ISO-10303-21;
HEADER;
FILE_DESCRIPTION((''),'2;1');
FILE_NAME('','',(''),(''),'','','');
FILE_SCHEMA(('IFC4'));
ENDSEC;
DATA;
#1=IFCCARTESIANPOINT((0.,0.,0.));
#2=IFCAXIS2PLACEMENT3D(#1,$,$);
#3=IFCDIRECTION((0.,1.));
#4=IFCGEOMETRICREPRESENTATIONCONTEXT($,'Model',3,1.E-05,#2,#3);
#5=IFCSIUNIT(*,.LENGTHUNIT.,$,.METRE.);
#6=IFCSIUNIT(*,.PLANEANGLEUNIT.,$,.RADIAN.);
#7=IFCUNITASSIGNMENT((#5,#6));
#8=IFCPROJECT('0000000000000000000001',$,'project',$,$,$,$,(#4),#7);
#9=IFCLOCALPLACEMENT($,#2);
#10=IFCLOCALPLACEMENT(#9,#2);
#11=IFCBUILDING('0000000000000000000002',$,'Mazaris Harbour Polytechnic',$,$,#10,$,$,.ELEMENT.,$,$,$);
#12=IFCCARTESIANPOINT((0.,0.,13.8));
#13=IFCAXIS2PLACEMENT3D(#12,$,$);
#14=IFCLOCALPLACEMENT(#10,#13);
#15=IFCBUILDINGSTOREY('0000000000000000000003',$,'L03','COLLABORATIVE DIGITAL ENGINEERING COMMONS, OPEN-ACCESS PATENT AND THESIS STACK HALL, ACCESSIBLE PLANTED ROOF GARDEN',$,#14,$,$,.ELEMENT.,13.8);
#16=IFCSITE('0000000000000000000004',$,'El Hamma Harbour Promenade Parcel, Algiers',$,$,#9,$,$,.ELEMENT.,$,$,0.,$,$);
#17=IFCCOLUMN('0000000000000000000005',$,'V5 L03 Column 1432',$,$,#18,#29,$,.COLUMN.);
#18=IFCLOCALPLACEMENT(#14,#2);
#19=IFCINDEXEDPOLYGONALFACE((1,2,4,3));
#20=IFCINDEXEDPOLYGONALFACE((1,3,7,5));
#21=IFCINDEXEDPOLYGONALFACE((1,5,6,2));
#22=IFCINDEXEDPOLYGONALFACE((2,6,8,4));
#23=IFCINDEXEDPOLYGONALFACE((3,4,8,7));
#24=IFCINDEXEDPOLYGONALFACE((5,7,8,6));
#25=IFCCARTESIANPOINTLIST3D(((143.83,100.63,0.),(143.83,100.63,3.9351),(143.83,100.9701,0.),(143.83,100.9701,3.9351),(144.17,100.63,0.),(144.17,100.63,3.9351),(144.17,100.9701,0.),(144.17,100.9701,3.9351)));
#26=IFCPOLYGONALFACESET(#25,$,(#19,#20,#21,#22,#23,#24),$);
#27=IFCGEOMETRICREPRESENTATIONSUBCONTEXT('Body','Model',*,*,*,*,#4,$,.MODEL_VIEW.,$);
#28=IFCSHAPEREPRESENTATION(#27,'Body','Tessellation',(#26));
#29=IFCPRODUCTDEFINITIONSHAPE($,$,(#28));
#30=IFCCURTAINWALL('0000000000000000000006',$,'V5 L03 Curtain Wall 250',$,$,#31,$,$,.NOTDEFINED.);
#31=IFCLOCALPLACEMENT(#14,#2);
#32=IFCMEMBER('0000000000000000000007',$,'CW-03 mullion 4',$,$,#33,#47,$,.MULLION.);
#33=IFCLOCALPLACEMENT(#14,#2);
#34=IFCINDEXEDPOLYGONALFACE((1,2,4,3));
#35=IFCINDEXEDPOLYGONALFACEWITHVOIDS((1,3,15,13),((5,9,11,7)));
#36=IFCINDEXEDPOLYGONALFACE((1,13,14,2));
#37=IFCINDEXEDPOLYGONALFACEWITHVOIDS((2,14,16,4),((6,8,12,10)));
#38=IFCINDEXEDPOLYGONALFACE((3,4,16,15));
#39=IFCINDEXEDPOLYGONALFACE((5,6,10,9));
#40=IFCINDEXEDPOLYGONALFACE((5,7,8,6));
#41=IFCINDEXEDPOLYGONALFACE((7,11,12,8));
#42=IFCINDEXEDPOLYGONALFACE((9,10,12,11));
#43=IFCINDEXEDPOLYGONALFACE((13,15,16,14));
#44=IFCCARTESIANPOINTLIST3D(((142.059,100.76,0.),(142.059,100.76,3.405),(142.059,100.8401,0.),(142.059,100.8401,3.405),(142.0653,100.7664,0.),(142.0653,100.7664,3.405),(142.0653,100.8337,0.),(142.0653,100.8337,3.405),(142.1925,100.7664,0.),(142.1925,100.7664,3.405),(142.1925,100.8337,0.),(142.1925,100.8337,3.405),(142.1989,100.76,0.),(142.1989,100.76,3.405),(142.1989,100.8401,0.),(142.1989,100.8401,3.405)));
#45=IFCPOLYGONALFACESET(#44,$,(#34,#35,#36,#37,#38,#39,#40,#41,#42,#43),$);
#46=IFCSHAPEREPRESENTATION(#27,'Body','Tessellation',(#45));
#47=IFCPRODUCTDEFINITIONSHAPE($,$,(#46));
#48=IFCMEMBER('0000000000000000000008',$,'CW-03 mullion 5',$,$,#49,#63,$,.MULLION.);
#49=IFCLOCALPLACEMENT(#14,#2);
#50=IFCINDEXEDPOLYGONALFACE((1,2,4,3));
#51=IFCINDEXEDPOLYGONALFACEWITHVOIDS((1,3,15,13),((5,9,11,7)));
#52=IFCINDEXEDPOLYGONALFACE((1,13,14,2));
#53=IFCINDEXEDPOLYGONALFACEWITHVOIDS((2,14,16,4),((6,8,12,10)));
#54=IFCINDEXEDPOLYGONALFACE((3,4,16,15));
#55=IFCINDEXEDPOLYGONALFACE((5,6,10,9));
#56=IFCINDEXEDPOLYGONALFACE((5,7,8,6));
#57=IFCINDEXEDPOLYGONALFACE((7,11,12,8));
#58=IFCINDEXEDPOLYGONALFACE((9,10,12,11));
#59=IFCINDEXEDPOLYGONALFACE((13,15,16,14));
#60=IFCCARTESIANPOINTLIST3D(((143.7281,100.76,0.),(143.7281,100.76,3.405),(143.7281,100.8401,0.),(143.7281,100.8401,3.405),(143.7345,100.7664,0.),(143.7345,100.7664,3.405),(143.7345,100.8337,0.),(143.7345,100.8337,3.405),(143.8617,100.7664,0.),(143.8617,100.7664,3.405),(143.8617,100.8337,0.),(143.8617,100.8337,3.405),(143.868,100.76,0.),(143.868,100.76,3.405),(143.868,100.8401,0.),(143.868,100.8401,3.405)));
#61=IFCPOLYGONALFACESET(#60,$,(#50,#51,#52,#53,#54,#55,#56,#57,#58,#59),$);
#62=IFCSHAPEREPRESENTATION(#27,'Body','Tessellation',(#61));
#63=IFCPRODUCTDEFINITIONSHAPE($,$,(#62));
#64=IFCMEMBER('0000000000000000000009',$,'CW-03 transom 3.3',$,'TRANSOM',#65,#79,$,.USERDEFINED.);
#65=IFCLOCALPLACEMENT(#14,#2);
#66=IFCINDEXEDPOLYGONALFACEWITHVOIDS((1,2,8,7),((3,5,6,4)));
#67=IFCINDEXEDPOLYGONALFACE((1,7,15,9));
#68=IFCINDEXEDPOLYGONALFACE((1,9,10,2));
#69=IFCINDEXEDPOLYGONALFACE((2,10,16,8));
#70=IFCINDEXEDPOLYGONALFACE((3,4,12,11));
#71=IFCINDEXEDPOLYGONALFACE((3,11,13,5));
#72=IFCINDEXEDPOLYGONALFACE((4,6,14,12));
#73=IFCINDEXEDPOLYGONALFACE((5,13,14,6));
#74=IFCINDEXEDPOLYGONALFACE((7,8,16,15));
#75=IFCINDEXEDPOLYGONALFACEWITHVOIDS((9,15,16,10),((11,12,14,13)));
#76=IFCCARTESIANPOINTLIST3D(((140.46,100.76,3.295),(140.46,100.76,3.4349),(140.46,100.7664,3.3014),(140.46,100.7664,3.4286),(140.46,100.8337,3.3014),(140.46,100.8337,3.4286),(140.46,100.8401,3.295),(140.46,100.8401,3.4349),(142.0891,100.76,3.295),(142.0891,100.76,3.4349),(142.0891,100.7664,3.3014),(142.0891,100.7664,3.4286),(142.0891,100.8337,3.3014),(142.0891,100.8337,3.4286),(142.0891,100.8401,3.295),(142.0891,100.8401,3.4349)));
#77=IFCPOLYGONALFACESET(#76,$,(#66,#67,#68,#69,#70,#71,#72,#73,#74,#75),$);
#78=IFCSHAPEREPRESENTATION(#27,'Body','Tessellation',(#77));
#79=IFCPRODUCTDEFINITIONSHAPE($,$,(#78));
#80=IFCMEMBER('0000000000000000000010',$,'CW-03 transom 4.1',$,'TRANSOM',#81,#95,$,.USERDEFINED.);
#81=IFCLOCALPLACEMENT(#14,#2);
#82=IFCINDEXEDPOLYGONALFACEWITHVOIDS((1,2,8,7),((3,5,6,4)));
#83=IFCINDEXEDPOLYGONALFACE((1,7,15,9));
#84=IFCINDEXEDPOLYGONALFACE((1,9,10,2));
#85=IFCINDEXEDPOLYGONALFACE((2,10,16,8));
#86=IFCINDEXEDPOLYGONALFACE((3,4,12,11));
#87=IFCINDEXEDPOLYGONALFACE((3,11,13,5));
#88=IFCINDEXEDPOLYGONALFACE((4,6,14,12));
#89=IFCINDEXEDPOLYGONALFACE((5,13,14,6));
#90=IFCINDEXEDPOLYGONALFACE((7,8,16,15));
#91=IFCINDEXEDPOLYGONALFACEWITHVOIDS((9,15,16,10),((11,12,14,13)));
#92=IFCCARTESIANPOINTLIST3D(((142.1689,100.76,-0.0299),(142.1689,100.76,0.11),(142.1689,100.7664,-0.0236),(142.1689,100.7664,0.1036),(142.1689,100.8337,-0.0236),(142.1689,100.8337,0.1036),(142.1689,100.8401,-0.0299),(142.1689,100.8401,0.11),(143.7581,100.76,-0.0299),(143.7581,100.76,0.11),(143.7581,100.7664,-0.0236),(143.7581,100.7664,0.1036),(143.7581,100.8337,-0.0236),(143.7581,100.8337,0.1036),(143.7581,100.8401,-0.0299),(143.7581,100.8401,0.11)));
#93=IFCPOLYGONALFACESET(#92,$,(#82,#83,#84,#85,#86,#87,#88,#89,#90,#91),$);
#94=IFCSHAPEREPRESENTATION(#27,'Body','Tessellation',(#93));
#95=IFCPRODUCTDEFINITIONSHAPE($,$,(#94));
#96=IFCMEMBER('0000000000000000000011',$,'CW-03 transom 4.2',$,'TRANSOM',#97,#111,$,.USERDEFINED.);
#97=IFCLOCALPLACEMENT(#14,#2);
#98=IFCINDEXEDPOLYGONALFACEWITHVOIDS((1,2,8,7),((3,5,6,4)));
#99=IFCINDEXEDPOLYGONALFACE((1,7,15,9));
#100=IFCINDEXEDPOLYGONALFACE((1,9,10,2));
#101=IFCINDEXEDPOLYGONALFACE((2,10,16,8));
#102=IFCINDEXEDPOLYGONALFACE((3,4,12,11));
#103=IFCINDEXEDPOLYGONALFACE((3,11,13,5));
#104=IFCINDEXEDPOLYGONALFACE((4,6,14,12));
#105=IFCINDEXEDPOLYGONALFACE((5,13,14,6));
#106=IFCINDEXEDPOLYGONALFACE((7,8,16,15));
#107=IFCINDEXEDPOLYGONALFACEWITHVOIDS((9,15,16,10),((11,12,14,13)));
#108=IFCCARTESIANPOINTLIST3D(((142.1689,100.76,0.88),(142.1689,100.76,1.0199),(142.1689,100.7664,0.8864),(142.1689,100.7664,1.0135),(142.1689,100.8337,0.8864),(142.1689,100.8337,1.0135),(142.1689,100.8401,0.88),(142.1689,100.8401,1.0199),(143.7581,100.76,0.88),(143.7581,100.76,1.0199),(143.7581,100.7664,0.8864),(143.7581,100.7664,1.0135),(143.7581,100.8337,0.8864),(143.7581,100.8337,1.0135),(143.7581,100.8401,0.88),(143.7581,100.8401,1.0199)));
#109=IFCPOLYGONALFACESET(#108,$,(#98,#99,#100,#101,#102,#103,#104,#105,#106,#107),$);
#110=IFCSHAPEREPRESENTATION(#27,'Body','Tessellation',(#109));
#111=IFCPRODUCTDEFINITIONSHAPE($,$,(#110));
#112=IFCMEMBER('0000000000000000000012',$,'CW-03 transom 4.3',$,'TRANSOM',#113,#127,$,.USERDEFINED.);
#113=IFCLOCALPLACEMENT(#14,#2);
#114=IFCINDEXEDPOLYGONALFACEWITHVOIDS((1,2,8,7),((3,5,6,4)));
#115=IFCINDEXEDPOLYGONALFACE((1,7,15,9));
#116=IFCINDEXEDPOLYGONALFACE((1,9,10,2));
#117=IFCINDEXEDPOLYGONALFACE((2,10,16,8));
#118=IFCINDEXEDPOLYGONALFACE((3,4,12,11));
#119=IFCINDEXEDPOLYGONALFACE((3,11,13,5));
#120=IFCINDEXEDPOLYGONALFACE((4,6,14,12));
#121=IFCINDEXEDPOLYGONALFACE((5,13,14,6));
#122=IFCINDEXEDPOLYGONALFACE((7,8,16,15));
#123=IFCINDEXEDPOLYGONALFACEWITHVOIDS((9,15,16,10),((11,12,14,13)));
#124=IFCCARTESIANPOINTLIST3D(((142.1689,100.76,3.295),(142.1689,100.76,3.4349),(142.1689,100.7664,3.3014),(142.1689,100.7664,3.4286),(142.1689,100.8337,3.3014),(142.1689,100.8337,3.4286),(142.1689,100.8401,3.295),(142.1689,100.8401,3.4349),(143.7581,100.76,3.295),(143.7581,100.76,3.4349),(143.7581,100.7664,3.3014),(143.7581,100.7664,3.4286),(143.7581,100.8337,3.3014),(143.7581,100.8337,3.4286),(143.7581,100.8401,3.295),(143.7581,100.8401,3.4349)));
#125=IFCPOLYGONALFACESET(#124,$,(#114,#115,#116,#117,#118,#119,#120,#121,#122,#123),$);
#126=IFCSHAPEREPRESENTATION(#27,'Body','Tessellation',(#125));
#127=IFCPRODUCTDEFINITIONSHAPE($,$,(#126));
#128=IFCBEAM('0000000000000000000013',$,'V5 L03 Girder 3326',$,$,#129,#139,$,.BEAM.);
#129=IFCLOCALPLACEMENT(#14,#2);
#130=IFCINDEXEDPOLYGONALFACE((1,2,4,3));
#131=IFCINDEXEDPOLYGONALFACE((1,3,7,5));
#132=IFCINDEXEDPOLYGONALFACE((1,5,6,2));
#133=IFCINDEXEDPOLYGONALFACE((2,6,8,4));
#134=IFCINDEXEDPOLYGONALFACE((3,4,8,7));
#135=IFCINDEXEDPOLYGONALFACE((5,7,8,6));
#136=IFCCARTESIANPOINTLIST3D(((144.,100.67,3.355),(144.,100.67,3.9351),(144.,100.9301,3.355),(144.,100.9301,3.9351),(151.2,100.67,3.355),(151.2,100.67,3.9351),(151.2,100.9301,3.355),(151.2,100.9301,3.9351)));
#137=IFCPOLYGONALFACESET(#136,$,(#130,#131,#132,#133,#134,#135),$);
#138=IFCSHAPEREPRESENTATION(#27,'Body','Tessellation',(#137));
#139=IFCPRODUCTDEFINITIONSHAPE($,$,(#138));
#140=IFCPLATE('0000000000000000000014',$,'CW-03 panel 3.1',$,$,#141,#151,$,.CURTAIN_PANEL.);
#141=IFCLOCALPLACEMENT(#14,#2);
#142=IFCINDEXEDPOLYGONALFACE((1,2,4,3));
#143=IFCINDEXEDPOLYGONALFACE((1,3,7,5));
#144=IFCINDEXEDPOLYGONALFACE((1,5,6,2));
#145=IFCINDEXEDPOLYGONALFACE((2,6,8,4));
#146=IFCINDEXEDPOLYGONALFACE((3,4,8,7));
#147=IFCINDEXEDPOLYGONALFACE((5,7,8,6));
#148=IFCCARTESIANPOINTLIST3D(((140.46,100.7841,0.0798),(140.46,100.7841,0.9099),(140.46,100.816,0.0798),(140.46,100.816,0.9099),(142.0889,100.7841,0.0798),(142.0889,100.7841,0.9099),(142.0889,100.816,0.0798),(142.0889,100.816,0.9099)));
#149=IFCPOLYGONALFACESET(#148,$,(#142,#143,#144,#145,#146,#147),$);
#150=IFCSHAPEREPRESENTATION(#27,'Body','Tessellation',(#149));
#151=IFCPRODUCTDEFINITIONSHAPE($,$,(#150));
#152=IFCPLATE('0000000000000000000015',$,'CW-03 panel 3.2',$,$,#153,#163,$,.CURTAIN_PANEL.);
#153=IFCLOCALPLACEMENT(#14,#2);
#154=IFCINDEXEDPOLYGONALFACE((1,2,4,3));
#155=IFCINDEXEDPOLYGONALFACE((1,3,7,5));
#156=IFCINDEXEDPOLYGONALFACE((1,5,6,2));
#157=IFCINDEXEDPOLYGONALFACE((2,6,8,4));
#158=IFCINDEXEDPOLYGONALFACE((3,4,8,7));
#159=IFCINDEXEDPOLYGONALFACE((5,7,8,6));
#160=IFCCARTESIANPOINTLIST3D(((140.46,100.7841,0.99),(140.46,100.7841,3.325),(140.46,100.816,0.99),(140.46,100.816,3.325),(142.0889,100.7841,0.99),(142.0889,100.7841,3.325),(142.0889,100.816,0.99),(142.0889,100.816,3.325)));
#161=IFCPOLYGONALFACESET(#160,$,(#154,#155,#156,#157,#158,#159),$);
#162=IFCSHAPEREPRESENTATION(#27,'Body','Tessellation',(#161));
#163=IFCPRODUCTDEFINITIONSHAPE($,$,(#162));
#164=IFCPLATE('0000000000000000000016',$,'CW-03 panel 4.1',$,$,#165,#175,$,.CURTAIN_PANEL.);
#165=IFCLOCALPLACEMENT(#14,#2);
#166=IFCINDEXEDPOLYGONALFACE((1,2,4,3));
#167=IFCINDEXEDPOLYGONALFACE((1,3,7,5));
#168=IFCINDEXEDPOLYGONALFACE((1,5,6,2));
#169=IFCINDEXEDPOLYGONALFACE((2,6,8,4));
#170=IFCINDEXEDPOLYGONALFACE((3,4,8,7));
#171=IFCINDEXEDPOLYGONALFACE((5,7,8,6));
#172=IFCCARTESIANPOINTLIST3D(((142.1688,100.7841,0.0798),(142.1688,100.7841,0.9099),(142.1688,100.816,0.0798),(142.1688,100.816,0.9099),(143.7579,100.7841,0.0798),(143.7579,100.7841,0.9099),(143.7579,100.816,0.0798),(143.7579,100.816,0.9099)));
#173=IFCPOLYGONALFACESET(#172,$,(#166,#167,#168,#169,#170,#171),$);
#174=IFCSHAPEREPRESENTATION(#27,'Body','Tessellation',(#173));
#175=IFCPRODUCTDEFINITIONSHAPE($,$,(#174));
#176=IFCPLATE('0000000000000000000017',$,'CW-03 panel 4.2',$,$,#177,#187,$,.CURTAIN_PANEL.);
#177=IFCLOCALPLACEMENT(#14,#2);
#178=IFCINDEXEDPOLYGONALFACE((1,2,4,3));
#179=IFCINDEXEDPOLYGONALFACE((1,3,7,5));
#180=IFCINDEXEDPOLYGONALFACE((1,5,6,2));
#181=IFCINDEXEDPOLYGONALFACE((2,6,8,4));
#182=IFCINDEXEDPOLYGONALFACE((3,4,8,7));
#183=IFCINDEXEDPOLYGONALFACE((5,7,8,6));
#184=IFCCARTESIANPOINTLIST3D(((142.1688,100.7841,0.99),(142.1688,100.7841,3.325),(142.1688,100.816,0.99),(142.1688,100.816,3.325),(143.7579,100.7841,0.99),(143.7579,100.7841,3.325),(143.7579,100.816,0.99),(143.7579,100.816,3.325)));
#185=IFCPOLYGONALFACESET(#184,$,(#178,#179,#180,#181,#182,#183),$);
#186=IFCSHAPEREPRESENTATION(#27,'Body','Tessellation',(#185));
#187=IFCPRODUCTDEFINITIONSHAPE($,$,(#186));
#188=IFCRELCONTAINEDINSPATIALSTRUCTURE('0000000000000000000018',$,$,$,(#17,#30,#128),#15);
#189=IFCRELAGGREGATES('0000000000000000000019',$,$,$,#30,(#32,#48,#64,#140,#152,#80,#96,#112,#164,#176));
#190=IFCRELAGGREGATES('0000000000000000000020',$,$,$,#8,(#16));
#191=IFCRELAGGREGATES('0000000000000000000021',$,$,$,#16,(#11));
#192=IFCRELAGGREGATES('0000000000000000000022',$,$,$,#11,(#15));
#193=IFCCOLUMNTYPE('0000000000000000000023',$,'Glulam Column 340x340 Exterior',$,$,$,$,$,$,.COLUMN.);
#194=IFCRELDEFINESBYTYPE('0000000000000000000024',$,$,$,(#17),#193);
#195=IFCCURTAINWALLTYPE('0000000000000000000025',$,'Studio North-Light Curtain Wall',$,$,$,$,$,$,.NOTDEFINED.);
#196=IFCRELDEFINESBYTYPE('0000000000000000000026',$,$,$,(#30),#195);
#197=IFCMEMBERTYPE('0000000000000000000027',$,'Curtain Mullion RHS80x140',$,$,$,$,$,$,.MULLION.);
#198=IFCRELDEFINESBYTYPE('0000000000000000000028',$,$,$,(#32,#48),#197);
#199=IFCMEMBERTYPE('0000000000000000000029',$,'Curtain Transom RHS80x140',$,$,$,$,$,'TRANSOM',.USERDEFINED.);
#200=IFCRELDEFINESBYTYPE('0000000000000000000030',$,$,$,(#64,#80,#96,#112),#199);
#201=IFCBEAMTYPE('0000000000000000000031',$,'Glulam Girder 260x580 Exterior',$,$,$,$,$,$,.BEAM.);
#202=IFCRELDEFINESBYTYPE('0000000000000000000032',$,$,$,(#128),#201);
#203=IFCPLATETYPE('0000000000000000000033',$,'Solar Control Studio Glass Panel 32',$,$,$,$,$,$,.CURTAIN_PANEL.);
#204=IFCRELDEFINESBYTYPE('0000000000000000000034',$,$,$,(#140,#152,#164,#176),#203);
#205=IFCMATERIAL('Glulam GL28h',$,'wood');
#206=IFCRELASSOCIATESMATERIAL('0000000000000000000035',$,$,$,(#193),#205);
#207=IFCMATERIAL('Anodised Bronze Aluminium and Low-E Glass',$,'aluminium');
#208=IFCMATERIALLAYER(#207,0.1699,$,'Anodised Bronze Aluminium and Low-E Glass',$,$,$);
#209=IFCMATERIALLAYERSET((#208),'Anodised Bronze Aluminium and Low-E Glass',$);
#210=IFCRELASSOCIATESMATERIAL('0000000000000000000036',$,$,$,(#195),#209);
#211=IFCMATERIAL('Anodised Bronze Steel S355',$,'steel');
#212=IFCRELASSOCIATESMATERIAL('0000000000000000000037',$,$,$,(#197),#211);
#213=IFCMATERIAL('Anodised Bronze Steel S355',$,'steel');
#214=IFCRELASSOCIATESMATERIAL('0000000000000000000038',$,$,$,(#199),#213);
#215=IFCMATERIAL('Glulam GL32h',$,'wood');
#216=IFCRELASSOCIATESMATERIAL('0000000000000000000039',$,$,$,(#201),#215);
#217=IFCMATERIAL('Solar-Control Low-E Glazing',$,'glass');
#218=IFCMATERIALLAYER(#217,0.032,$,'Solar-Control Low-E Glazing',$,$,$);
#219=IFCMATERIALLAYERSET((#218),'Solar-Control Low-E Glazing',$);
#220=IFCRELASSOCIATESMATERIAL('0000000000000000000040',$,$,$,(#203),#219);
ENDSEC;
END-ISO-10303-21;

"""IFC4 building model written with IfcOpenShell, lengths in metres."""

from ifc_helpers import new_model, si_unit, direction, frame, origin, origin_2d, place, context, subcontext, project, spatial, rectangle, hollow_rectangle, extrude, material, layer, layer_set, material_profile, profile_set, type_object, element, aggregate, save


model = new_model("IFC4")

# Units and contexts
model_context = context("Model", 3, precision=1e-05, world=origin(), true_north=direction((0.0, 1.0)))
body_context = subcontext(model_context, "Body", "Model", "MODEL_VIEW")
ifc_project = project(units=[si_unit("LENGTHUNIT", "METRE"), si_unit("PLANEANGLEUNIT", "RADIAN")], contexts=[model_context])

# Site, building, storey
site_placement = place(None, origin())
site = spatial("IfcSite", under=ifc_project, at=site_placement, Name="El Hamma Harbour Promenade Parcel, Algiers", CompositionType="ELEMENT", RefElevation=0.0)
building_placement = place(site_placement, origin())
building = spatial("IfcBuilding", under=site, at=building_placement, Name="Mazaris Harbour Polytechnic", CompositionType="ELEMENT")
storey_placement = place(building_placement, frame((0.0, 0.0, 13.8)))
storey = spatial("IfcBuildingStorey", under=building, at=storey_placement, Name="L03", Description="COLLABORATIVE DIGITAL ENGINEERING COMMONS, OPEN-ACCESS PATENT AND THESIS STACK HALL, ACCESSIBLE PLANTED ROOF GARDEN", CompositionType="ELEMENT", Elevation=13.8)

# Column
ifc_material_1 = material(Name="Glulam GL28h", Category="wood")
ifc_material_profile_1 = material_profile(ifc_material_1, rectangle(XDim=0.3401, YDim=0.3401, at=origin_2d()), Name="RECT340x340")
ifc_profile_set_1 = profile_set([ifc_material_profile_1], Name="Glulam GL28h")
column_type = type_object("IfcColumnType", Name="Glulam Column 340x340 Exterior", PredefinedType="COLUMN", material=ifc_profile_set_1)
column_placement = place(storey_placement, frame((144.0, 100.8, 0.0), z_axis=(0.0, 0.0, 1.0), x_axis=(1.0, 0.0, 0.0)))
element("IfcColumn", 1, at=column_placement, inside=storey, type_object=column_type, Name="V5 L03 Column 1432", PredefinedType="COLUMN", context=body_context, shape_type="SweptSolid", body=[
    extrude(rectangle(XDim=0.3401, YDim=0.3401, at=origin_2d()), origin(), (0.0, 0.0, 1.0), 3.9351),
])

# Curtain wall, members
ifc_material_2 = material(Name="Anodised Bronze Aluminium and Low-E Glass", Category="aluminium")
ifc_layer_1 = layer(ifc_material_2, 0.1699, Name="Anodised Bronze Aluminium and Low-E Glass")
ifc_layer_set_1 = layer_set([ifc_layer_1], Name="Anodised Bronze Aluminium and Low-E Glass")
curtain_wall_type = type_object("IfcCurtainWallType", Name="Studio North-Light Curtain Wall", PredefinedType="NOTDEFINED", material=ifc_layer_set_1)
curtain_wall_placement = place(storey_placement, origin())
curtain_wall = element("IfcCurtainWall", 2, at=curtain_wall_placement, inside=storey, type_object=curtain_wall_type, Name="V5 L03 Curtain Wall 250", PredefinedType="NOTDEFINED")
ifc_material_3 = material(Name="Anodised Bronze Steel S355", Category="steel")
ifc_material_profile_2 = material_profile(ifc_material_3, hollow_rectangle(XDim=0.0801, YDim=0.1399, WallThickness=0.0063, at=origin_2d()), Name="RHS 80x140x6.3")
ifc_profile_set_2 = profile_set([ifc_material_profile_2], Name="Anodised Bronze Steel S355")
member_type_1 = type_object("IfcMemberType", Name="Curtain Mullion RHS80x140", PredefinedType="MULLION", material=ifc_profile_set_2)
member_1_placement = place(storey_placement, frame((142.1289, 100.8, 0.0), z_axis=(0.0, 0.0, 1.0), x_axis=(0.0, 1.0, 0.0)))
member_1 = element("IfcMember", 3, at=member_1_placement, type_object=member_type_1, Name="CW-03 mullion 4", PredefinedType="MULLION", context=body_context, shape_type="SweptSolid", body=[
    extrude(hollow_rectangle(XDim=0.0801, YDim=0.1399, WallThickness=0.0063, at=origin_2d()), origin(), (0.0, 0.0, 1.0), 3.405),
])
member_2_placement = place(storey_placement, frame((143.7981, 100.8, 0.0), z_axis=(0.0, 0.0, 1.0), x_axis=(0.0, 1.0, 0.0)))
member_2 = element("IfcMember", 4, at=member_2_placement, type_object=member_type_1, Name="CW-03 mullion 5", PredefinedType="MULLION", context=body_context, shape_type="SweptSolid", body=[
    extrude(hollow_rectangle(XDim=0.0801, YDim=0.1399, WallThickness=0.0063, at=origin_2d()), origin(), (0.0, 0.0, 1.0), 3.405),
])
ifc_material_4 = material(Name="Anodised Bronze Steel S355", Category="steel")
ifc_material_profile_3 = material_profile(ifc_material_4, hollow_rectangle(XDim=0.0801, YDim=0.1399, WallThickness=0.0063, at=origin_2d()), Name="RHS 80x140x6.3")
ifc_profile_set_3 = profile_set([ifc_material_profile_3], Name="Anodised Bronze Steel S355")
member_type_2 = type_object("IfcMemberType", Name="Curtain Transom RHS80x140", ElementType="TRANSOM", PredefinedType="USERDEFINED", material=ifc_profile_set_3)
member_3_placement = place(storey_placement, frame((140.46, 100.8, 3.365), z_axis=(1.0, 0.0, 0.0), x_axis=(0.0, 1.0, 0.0)))
member_3 = element("IfcMember", 5, at=member_3_placement, type_object=member_type_2, Name="CW-03 transom 3.3", ObjectType="TRANSOM", PredefinedType="USERDEFINED", context=body_context, shape_type="SweptSolid", body=[
    extrude(hollow_rectangle(XDim=0.0801, YDim=0.1399, WallThickness=0.0063, at=origin_2d()), origin(), (0.0, 0.0, 1.0), 1.6292),
])
member_4_placement = place(storey_placement, frame((142.1689, 100.8, 0.04), z_axis=(1.0, 0.0, 0.0), x_axis=(0.0, 1.0, 0.0)))
member_4 = element("IfcMember", 6, at=member_4_placement, type_object=member_type_2, Name="CW-03 transom 4.1", ObjectType="TRANSOM", PredefinedType="USERDEFINED", context=body_context, shape_type="SweptSolid", body=[
    extrude(hollow_rectangle(XDim=0.0801, YDim=0.1399, WallThickness=0.0063, at=origin_2d()), origin(), (0.0, 0.0, 1.0), 1.5891),
])
member_5_placement = place(storey_placement, frame((142.1689, 100.8, 0.95), z_axis=(1.0, 0.0, 0.0), x_axis=(0.0, 1.0, 0.0)))
member_5 = element("IfcMember", 7, at=member_5_placement, type_object=member_type_2, Name="CW-03 transom 4.2", ObjectType="TRANSOM", PredefinedType="USERDEFINED", context=body_context, shape_type="SweptSolid", body=[
    extrude(hollow_rectangle(XDim=0.0801, YDim=0.1399, WallThickness=0.0063, at=origin_2d()), origin(), (0.0, 0.0, 1.0), 1.5891),
])
member_6_placement = place(storey_placement, frame((142.1689, 100.8, 3.365), z_axis=(1.0, 0.0, 0.0), x_axis=(0.0, 1.0, 0.0)))
member_6 = element("IfcMember", 8, at=member_6_placement, type_object=member_type_2, Name="CW-03 transom 4.3", ObjectType="TRANSOM", PredefinedType="USERDEFINED", context=body_context, shape_type="SweptSolid", body=[
    extrude(hollow_rectangle(XDim=0.0801, YDim=0.1399, WallThickness=0.0063, at=origin_2d()), origin(), (0.0, 0.0, 1.0), 1.5891),
])

# Beam
ifc_material_5 = material(Name="Glulam GL32h", Category="wood")
ifc_material_profile_4 = material_profile(ifc_material_5, rectangle(XDim=0.26, YDim=0.5801, at=origin_2d()), Name="RECT260x580")
ifc_profile_set_4 = profile_set([ifc_material_profile_4], Name="Glulam GL32h")
beam_type = type_object("IfcBeamType", Name="Glulam Girder 260x580 Exterior", PredefinedType="BEAM", material=ifc_profile_set_4)
beam_placement = place(storey_placement, frame((144.0, 100.8, 3.645), z_axis=(1.0, 0.0, 0.0), x_axis=(0.0, 1.0, 0.0)))
element("IfcBeam", 9, at=beam_placement, inside=storey, type_object=beam_type, Name="V5 L03 Girder 3326", PredefinedType="BEAM", context=body_context, shape_type="SweptSolid", body=[
    extrude(rectangle(XDim=0.26, YDim=0.5801, at=origin_2d()), origin(), (0.0, 0.0, 1.0), 7.2),
])

# Plates
ifc_material_6 = material(Name="Solar-Control Low-E Glazing", Category="glass")
ifc_layer_2 = layer(ifc_material_6, 0.032, Name="Solar-Control Low-E Glazing")
ifc_layer_set_2 = layer_set([ifc_layer_2], Name="Solar-Control Low-E Glazing")
plate_type = type_object("IfcPlateType", Name="Solar Control Studio Glass Panel 32", PredefinedType="CURTAIN_PANEL", material=ifc_layer_set_2)
plate_1_placement = place(storey_placement, frame((141.2744, 100.8, 0.0798), z_axis=(0.0, 0.0, 1.0), x_axis=(1.0, 0.0, 0.0)))
plate_1 = element("IfcPlate", 10, at=plate_1_placement, type_object=plate_type, Name="CW-03 panel 3.1", PredefinedType="CURTAIN_PANEL", context=body_context, shape_type="SweptSolid", body=[
    extrude(rectangle(XDim=1.6289, YDim=0.032, at=origin_2d()), origin(), (0.0, 0.0, 1.0), 0.8301),
])
plate_2_placement = place(storey_placement, frame((141.2744, 100.8, 0.99), z_axis=(0.0, 0.0, 1.0), x_axis=(1.0, 0.0, 0.0)))
plate_2 = element("IfcPlate", 11, at=plate_2_placement, type_object=plate_type, Name="CW-03 panel 3.2", PredefinedType="CURTAIN_PANEL", context=body_context, shape_type="SweptSolid", body=[
    extrude(rectangle(XDim=1.6289, YDim=0.032, at=origin_2d()), origin(), (0.0, 0.0, 1.0), 2.335),
])
plate_3_placement = place(storey_placement, frame((142.9634, 100.8, 0.0798), z_axis=(0.0, 0.0, 1.0), x_axis=(1.0, 0.0, 0.0)))
plate_3 = element("IfcPlate", 12, at=plate_3_placement, type_object=plate_type, Name="CW-03 panel 4.1", PredefinedType="CURTAIN_PANEL", context=body_context, shape_type="SweptSolid", body=[
    extrude(rectangle(XDim=1.5891, YDim=0.032, at=origin_2d()), origin(), (0.0, 0.0, 1.0), 0.8301),
])
plate_4_placement = place(storey_placement, frame((142.9634, 100.8, 0.99), z_axis=(0.0, 0.0, 1.0), x_axis=(1.0, 0.0, 0.0)))
plate_4 = element("IfcPlate", 13, at=plate_4_placement, type_object=plate_type, Name="CW-03 panel 4.2", PredefinedType="CURTAIN_PANEL", context=body_context, shape_type="SweptSolid", body=[
    extrude(rectangle(XDim=1.5891, YDim=0.032, at=origin_2d()), origin(), (0.0, 0.0, 1.0), 2.335),
])
aggregate(curtain_wall, [member_1, member_2, member_3, plate_1, plate_2, member_4, member_5, member_6, plate_3, plate_4])

save(model, "model.ifc")
